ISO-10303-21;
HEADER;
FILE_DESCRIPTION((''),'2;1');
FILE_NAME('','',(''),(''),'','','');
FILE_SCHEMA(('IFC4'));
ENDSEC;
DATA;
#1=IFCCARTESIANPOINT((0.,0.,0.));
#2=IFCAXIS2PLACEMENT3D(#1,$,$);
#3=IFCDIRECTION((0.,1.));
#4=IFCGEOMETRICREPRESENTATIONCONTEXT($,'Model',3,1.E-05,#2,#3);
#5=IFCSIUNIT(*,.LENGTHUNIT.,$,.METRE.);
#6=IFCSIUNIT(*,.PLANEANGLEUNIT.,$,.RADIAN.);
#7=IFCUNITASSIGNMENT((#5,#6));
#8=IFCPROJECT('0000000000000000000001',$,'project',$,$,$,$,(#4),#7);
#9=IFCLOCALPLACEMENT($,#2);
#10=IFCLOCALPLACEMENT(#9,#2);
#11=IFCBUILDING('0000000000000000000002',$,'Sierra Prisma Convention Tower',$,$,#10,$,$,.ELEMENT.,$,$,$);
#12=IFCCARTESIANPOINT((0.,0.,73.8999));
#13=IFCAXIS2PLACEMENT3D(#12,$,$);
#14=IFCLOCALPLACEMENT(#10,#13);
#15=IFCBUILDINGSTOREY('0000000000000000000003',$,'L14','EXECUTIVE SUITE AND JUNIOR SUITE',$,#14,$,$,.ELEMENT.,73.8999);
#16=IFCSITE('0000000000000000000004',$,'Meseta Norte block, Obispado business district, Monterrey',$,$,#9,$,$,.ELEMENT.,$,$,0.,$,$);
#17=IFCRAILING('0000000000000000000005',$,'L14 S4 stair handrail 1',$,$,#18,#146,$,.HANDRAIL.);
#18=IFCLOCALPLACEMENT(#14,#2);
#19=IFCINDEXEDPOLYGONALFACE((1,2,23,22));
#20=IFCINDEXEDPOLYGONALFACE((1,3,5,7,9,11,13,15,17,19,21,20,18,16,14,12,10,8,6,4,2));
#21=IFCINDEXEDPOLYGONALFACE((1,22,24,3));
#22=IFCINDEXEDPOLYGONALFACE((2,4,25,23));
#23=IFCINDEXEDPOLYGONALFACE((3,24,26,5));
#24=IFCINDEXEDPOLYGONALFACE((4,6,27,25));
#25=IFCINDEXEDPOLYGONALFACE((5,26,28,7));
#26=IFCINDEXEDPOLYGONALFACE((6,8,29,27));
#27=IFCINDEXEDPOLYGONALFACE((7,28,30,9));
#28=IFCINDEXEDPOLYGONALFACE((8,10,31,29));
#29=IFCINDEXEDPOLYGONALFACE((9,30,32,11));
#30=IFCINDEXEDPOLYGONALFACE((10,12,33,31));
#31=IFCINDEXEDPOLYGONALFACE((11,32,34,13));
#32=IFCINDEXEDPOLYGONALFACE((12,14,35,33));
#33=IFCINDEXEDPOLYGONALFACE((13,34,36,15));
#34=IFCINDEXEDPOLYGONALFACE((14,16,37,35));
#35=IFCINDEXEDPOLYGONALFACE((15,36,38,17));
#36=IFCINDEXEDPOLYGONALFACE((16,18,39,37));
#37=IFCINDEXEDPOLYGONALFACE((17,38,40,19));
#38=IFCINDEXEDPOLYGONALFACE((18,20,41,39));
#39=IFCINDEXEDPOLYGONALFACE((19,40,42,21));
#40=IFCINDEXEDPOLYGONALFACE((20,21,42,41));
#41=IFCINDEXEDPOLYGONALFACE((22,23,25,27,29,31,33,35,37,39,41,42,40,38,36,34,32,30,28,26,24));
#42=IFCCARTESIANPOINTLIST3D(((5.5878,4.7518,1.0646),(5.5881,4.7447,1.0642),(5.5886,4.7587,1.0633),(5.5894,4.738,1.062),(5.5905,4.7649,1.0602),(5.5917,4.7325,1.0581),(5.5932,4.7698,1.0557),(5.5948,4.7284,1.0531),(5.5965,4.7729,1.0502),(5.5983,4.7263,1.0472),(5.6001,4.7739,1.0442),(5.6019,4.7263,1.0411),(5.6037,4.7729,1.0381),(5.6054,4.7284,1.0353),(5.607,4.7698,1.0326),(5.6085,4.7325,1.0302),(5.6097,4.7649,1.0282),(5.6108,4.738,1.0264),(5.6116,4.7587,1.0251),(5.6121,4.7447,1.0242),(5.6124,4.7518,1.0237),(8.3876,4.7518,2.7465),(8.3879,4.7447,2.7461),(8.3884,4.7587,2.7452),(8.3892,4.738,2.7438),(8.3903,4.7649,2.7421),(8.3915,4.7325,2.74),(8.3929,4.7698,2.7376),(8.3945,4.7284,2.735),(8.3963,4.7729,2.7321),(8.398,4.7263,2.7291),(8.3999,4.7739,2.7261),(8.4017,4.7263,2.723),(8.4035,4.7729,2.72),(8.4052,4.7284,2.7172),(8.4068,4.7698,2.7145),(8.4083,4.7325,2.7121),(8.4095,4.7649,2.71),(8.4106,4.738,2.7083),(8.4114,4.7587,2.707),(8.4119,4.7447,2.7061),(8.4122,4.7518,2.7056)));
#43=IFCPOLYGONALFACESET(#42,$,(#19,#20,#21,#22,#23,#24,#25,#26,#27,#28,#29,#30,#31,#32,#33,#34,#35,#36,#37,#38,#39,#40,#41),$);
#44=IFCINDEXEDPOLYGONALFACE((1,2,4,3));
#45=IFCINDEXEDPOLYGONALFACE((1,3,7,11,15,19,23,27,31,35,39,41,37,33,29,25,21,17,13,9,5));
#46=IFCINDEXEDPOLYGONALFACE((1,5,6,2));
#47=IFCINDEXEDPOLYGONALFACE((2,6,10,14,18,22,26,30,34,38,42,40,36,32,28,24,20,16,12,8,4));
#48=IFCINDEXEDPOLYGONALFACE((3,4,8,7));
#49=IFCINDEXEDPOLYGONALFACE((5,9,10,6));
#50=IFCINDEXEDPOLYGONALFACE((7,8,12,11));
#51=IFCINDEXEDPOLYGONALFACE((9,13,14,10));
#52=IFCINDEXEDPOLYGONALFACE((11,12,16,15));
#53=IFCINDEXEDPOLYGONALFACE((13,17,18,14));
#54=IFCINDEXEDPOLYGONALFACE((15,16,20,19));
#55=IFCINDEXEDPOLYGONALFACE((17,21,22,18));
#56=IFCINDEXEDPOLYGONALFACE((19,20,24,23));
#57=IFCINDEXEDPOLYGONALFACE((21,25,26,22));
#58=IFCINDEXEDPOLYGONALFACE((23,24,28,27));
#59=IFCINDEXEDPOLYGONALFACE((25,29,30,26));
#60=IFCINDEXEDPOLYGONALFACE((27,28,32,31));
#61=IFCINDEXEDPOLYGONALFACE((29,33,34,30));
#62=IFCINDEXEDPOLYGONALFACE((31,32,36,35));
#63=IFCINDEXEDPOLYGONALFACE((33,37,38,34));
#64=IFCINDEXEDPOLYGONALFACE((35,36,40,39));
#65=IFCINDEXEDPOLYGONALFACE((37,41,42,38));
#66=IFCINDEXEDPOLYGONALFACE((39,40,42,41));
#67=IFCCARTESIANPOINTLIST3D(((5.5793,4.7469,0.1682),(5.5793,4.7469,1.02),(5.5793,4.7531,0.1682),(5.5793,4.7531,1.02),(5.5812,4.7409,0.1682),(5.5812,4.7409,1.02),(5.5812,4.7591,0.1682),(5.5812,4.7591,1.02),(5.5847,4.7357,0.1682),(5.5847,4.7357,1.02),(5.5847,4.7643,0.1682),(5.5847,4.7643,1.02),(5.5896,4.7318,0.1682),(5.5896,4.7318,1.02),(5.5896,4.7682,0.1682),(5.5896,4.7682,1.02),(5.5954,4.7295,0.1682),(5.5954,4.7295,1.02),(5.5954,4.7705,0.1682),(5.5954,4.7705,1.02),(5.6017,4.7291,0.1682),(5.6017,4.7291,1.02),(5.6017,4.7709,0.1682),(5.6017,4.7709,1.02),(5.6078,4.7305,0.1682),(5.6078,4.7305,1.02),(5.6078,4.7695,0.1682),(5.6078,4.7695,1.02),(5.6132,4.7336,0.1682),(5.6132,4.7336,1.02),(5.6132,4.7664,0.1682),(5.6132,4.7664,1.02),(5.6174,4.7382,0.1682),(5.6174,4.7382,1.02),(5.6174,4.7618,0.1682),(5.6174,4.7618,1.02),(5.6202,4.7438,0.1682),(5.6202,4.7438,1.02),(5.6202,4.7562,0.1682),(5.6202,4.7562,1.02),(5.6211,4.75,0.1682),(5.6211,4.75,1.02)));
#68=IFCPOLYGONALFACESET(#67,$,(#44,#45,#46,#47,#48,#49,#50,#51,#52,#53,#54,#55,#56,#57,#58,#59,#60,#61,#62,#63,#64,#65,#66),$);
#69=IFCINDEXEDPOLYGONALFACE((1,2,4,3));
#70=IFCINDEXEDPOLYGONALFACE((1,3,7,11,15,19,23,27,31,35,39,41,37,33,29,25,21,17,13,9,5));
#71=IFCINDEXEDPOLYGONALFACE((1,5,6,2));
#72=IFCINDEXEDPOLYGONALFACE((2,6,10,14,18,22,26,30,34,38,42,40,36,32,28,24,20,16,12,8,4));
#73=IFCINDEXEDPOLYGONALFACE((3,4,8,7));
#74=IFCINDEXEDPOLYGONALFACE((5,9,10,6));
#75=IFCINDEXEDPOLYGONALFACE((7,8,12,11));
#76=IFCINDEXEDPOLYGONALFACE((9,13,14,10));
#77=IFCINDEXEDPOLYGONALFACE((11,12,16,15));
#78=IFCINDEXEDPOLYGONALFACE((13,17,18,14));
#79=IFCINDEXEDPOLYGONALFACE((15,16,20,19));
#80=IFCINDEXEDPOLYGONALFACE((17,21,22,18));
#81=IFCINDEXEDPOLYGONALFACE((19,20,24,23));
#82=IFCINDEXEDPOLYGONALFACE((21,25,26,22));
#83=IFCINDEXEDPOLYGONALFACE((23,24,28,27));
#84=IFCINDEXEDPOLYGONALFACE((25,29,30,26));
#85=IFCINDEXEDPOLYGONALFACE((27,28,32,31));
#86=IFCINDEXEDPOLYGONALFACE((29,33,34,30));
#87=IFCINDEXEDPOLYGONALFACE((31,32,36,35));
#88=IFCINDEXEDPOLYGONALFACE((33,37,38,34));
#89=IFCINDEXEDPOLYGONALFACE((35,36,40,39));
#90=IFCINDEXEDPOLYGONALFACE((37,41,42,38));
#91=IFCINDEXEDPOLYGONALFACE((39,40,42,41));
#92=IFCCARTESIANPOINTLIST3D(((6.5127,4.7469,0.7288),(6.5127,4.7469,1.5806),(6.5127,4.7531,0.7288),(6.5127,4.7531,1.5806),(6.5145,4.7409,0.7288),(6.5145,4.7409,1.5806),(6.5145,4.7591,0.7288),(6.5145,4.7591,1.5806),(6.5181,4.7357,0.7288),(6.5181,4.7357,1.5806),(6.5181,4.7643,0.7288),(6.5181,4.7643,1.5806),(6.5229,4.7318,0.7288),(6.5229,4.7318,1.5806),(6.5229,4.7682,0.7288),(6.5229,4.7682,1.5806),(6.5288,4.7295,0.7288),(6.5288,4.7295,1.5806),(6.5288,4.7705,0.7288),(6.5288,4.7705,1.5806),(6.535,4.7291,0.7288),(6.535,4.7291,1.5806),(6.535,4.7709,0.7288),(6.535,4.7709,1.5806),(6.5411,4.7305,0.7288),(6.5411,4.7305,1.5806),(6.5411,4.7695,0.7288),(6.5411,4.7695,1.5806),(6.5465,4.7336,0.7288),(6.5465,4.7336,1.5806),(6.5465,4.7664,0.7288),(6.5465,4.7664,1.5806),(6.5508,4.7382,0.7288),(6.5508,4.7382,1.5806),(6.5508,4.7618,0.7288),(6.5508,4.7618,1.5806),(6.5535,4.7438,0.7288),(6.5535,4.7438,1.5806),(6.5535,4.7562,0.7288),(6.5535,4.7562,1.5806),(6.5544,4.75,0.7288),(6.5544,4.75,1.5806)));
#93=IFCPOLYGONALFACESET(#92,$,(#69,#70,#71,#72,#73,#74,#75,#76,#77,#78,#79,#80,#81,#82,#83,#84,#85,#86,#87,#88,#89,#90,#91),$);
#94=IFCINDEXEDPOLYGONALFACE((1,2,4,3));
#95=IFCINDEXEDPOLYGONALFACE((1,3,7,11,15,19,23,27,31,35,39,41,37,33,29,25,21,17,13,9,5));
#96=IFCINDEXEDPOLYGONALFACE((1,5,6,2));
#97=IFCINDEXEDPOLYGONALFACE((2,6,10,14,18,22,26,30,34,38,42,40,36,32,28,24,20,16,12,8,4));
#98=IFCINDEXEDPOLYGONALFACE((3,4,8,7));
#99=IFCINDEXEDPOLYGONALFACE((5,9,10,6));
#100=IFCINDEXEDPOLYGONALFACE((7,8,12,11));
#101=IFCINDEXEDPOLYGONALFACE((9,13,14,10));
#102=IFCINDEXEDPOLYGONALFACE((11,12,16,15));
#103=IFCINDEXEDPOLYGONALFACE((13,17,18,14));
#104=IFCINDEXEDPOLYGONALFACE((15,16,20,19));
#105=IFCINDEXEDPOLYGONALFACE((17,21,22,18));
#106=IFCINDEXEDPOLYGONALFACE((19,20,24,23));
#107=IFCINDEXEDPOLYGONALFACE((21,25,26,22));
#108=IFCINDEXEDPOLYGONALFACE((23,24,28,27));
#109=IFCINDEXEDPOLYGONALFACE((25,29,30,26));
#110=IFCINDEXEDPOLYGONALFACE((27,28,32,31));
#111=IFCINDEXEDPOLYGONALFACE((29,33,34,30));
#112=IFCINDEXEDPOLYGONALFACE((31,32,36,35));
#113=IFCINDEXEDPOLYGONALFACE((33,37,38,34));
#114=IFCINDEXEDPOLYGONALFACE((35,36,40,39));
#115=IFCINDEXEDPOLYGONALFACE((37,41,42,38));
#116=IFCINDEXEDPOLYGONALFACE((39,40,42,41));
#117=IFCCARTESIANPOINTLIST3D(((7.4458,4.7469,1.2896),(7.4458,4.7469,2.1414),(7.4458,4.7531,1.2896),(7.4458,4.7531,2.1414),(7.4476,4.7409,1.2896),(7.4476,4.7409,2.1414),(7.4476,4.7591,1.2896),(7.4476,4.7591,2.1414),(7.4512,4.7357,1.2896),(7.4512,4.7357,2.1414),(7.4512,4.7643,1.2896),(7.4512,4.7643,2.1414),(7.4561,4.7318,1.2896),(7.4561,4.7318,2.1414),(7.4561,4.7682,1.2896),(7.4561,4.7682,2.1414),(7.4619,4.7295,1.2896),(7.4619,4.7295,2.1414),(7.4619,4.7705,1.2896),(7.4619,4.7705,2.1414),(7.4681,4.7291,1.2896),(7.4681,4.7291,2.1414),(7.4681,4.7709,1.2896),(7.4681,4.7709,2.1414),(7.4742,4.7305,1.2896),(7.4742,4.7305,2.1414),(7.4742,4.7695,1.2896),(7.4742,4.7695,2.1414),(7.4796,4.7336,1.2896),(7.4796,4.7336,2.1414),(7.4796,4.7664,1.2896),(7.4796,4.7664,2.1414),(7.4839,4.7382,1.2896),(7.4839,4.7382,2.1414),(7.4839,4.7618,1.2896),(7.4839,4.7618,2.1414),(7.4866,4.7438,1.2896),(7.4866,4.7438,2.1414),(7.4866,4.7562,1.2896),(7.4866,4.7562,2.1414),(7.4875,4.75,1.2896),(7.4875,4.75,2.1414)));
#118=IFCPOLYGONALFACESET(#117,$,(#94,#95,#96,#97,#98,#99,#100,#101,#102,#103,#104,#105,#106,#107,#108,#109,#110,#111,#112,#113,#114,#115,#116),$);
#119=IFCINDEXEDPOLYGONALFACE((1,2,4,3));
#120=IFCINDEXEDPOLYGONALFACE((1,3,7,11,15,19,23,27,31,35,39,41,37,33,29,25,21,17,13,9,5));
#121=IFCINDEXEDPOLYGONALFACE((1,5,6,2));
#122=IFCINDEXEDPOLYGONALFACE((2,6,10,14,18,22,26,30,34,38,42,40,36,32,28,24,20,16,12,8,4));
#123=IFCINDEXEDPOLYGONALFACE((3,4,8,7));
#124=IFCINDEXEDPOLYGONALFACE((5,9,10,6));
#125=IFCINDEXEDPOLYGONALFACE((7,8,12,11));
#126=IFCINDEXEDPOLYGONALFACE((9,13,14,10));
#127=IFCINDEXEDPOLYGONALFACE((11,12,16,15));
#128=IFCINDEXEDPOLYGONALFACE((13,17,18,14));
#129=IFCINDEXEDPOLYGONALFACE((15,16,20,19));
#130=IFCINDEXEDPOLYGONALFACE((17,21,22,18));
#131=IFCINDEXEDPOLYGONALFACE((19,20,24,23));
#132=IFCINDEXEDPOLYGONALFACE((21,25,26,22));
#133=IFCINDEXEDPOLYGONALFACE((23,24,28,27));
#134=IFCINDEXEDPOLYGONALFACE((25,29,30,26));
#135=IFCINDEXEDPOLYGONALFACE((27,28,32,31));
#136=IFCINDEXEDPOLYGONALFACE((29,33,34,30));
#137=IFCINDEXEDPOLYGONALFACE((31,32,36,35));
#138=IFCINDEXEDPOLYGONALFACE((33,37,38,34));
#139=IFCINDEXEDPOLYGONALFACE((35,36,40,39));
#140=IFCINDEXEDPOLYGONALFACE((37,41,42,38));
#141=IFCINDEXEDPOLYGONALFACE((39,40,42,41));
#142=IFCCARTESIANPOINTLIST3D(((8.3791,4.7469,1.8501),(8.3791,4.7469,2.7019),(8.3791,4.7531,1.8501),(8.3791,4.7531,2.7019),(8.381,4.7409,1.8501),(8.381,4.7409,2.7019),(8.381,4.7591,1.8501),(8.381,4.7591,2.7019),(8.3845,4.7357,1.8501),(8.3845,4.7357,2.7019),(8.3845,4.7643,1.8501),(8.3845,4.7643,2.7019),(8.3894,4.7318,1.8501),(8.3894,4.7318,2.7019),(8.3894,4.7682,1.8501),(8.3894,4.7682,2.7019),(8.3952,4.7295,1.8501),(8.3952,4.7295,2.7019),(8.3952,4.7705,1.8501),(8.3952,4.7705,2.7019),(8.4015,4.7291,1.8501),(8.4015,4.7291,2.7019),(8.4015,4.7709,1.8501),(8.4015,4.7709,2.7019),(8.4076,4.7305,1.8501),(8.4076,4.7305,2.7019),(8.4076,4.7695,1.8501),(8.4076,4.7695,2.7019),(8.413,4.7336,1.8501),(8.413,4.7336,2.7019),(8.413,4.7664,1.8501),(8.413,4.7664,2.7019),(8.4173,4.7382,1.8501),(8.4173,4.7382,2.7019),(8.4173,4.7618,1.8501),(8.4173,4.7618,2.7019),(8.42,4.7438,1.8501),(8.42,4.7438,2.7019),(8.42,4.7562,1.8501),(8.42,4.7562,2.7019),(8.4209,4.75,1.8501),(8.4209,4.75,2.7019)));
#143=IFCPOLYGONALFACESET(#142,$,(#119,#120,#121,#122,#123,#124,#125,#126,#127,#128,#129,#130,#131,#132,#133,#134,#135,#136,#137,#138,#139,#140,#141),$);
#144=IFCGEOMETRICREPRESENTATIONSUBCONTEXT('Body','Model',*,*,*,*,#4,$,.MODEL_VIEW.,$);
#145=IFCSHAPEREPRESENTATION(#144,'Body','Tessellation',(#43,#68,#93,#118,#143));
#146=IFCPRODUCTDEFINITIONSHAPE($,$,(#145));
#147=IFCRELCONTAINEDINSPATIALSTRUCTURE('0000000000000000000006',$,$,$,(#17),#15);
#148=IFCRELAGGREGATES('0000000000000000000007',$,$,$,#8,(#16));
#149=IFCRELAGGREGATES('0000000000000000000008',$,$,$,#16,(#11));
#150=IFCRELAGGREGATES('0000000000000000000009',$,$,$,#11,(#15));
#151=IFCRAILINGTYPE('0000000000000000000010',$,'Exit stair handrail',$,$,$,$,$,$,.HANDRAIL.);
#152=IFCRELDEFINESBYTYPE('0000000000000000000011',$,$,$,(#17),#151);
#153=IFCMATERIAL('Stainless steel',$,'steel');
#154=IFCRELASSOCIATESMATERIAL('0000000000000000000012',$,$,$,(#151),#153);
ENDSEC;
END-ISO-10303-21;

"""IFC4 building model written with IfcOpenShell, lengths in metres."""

from ifc_helpers import new_model, si_unit, direction, frame, origin, origin_2d, place, context, subcontext, project, spatial, circle, extrude, material, type_object, element, save


model = new_model("IFC4")

# Units and contexts
model_context = context("Model", 3, precision=1e-05, world=origin(), true_north=direction((0.0, 1.0)))
body_context = subcontext(model_context, "Body", "Model", "MODEL_VIEW")
ifc_project = project(units=[si_unit("LENGTHUNIT", "METRE"), si_unit("PLANEANGLEUNIT", "RADIAN")], contexts=[model_context])

# Site, building, storey
site_placement = place(None, origin())
site = spatial("IfcSite", under=ifc_project, at=site_placement, Name="Meseta Norte block, Obispado business district, Monterrey", CompositionType="ELEMENT", RefElevation=0.0)
building_placement = place(site_placement, origin())
building = spatial("IfcBuilding", under=site, at=building_placement, Name="Sierra Prisma Convention Tower", CompositionType="ELEMENT")
storey_placement = place(building_placement, frame((0.0, 0.0, 73.8999)))
storey = spatial("IfcBuildingStorey", under=building, at=storey_placement, Name="L14", Description="EXECUTIVE SUITE AND JUNIOR SUITE", CompositionType="ELEMENT", Elevation=73.8999)

# Railing
ifc_material_1 = material(Name="Stainless steel", Category="steel")
railing_type_1 = type_object("IfcRailingType", Name="Exit stair handrail", PredefinedType="HANDRAIL", material=ifc_material_1)
railing_1_placement = place(storey_placement, frame((5.6001, 4.75, 0.1682)))
element("IfcRailing", 1, at=railing_1_placement, inside=storey, type_object=railing_type_1, Name="L14 S4 stair handrail 1", PredefinedType="HANDRAIL", context=body_context, shape_type="SweptSolid", body=[
    extrude(circle(Radius=0.0239, at=origin_2d()), frame((0.0, 0.0, 0.876), z_axis=(0.857222, 0.0, 0.514946), x_axis=(0.0, 1.0, 0.0)), (0.0, 0.0, 1.0), 3.2661),
    extrude(circle(Radius=0.021, at=origin_2d()), origin(), (0.0, 0.0, 1.0), 0.8518),
    extrude(circle(Radius=0.021, at=origin_2d()), frame((0.9333, 0.0, 0.5605)), (0.0, 0.0, 1.0), 0.8518),
    extrude(circle(Radius=0.021, at=origin_2d()), frame((1.8665, 0.0, 1.1213)), (0.0, 0.0, 1.0), 0.8518),
    extrude(circle(Radius=0.021, at=origin_2d()), frame((2.7998, 0.0, 1.6819)), (0.0, 0.0, 1.0), 0.8518),
])

save(model, "model.ifc")
